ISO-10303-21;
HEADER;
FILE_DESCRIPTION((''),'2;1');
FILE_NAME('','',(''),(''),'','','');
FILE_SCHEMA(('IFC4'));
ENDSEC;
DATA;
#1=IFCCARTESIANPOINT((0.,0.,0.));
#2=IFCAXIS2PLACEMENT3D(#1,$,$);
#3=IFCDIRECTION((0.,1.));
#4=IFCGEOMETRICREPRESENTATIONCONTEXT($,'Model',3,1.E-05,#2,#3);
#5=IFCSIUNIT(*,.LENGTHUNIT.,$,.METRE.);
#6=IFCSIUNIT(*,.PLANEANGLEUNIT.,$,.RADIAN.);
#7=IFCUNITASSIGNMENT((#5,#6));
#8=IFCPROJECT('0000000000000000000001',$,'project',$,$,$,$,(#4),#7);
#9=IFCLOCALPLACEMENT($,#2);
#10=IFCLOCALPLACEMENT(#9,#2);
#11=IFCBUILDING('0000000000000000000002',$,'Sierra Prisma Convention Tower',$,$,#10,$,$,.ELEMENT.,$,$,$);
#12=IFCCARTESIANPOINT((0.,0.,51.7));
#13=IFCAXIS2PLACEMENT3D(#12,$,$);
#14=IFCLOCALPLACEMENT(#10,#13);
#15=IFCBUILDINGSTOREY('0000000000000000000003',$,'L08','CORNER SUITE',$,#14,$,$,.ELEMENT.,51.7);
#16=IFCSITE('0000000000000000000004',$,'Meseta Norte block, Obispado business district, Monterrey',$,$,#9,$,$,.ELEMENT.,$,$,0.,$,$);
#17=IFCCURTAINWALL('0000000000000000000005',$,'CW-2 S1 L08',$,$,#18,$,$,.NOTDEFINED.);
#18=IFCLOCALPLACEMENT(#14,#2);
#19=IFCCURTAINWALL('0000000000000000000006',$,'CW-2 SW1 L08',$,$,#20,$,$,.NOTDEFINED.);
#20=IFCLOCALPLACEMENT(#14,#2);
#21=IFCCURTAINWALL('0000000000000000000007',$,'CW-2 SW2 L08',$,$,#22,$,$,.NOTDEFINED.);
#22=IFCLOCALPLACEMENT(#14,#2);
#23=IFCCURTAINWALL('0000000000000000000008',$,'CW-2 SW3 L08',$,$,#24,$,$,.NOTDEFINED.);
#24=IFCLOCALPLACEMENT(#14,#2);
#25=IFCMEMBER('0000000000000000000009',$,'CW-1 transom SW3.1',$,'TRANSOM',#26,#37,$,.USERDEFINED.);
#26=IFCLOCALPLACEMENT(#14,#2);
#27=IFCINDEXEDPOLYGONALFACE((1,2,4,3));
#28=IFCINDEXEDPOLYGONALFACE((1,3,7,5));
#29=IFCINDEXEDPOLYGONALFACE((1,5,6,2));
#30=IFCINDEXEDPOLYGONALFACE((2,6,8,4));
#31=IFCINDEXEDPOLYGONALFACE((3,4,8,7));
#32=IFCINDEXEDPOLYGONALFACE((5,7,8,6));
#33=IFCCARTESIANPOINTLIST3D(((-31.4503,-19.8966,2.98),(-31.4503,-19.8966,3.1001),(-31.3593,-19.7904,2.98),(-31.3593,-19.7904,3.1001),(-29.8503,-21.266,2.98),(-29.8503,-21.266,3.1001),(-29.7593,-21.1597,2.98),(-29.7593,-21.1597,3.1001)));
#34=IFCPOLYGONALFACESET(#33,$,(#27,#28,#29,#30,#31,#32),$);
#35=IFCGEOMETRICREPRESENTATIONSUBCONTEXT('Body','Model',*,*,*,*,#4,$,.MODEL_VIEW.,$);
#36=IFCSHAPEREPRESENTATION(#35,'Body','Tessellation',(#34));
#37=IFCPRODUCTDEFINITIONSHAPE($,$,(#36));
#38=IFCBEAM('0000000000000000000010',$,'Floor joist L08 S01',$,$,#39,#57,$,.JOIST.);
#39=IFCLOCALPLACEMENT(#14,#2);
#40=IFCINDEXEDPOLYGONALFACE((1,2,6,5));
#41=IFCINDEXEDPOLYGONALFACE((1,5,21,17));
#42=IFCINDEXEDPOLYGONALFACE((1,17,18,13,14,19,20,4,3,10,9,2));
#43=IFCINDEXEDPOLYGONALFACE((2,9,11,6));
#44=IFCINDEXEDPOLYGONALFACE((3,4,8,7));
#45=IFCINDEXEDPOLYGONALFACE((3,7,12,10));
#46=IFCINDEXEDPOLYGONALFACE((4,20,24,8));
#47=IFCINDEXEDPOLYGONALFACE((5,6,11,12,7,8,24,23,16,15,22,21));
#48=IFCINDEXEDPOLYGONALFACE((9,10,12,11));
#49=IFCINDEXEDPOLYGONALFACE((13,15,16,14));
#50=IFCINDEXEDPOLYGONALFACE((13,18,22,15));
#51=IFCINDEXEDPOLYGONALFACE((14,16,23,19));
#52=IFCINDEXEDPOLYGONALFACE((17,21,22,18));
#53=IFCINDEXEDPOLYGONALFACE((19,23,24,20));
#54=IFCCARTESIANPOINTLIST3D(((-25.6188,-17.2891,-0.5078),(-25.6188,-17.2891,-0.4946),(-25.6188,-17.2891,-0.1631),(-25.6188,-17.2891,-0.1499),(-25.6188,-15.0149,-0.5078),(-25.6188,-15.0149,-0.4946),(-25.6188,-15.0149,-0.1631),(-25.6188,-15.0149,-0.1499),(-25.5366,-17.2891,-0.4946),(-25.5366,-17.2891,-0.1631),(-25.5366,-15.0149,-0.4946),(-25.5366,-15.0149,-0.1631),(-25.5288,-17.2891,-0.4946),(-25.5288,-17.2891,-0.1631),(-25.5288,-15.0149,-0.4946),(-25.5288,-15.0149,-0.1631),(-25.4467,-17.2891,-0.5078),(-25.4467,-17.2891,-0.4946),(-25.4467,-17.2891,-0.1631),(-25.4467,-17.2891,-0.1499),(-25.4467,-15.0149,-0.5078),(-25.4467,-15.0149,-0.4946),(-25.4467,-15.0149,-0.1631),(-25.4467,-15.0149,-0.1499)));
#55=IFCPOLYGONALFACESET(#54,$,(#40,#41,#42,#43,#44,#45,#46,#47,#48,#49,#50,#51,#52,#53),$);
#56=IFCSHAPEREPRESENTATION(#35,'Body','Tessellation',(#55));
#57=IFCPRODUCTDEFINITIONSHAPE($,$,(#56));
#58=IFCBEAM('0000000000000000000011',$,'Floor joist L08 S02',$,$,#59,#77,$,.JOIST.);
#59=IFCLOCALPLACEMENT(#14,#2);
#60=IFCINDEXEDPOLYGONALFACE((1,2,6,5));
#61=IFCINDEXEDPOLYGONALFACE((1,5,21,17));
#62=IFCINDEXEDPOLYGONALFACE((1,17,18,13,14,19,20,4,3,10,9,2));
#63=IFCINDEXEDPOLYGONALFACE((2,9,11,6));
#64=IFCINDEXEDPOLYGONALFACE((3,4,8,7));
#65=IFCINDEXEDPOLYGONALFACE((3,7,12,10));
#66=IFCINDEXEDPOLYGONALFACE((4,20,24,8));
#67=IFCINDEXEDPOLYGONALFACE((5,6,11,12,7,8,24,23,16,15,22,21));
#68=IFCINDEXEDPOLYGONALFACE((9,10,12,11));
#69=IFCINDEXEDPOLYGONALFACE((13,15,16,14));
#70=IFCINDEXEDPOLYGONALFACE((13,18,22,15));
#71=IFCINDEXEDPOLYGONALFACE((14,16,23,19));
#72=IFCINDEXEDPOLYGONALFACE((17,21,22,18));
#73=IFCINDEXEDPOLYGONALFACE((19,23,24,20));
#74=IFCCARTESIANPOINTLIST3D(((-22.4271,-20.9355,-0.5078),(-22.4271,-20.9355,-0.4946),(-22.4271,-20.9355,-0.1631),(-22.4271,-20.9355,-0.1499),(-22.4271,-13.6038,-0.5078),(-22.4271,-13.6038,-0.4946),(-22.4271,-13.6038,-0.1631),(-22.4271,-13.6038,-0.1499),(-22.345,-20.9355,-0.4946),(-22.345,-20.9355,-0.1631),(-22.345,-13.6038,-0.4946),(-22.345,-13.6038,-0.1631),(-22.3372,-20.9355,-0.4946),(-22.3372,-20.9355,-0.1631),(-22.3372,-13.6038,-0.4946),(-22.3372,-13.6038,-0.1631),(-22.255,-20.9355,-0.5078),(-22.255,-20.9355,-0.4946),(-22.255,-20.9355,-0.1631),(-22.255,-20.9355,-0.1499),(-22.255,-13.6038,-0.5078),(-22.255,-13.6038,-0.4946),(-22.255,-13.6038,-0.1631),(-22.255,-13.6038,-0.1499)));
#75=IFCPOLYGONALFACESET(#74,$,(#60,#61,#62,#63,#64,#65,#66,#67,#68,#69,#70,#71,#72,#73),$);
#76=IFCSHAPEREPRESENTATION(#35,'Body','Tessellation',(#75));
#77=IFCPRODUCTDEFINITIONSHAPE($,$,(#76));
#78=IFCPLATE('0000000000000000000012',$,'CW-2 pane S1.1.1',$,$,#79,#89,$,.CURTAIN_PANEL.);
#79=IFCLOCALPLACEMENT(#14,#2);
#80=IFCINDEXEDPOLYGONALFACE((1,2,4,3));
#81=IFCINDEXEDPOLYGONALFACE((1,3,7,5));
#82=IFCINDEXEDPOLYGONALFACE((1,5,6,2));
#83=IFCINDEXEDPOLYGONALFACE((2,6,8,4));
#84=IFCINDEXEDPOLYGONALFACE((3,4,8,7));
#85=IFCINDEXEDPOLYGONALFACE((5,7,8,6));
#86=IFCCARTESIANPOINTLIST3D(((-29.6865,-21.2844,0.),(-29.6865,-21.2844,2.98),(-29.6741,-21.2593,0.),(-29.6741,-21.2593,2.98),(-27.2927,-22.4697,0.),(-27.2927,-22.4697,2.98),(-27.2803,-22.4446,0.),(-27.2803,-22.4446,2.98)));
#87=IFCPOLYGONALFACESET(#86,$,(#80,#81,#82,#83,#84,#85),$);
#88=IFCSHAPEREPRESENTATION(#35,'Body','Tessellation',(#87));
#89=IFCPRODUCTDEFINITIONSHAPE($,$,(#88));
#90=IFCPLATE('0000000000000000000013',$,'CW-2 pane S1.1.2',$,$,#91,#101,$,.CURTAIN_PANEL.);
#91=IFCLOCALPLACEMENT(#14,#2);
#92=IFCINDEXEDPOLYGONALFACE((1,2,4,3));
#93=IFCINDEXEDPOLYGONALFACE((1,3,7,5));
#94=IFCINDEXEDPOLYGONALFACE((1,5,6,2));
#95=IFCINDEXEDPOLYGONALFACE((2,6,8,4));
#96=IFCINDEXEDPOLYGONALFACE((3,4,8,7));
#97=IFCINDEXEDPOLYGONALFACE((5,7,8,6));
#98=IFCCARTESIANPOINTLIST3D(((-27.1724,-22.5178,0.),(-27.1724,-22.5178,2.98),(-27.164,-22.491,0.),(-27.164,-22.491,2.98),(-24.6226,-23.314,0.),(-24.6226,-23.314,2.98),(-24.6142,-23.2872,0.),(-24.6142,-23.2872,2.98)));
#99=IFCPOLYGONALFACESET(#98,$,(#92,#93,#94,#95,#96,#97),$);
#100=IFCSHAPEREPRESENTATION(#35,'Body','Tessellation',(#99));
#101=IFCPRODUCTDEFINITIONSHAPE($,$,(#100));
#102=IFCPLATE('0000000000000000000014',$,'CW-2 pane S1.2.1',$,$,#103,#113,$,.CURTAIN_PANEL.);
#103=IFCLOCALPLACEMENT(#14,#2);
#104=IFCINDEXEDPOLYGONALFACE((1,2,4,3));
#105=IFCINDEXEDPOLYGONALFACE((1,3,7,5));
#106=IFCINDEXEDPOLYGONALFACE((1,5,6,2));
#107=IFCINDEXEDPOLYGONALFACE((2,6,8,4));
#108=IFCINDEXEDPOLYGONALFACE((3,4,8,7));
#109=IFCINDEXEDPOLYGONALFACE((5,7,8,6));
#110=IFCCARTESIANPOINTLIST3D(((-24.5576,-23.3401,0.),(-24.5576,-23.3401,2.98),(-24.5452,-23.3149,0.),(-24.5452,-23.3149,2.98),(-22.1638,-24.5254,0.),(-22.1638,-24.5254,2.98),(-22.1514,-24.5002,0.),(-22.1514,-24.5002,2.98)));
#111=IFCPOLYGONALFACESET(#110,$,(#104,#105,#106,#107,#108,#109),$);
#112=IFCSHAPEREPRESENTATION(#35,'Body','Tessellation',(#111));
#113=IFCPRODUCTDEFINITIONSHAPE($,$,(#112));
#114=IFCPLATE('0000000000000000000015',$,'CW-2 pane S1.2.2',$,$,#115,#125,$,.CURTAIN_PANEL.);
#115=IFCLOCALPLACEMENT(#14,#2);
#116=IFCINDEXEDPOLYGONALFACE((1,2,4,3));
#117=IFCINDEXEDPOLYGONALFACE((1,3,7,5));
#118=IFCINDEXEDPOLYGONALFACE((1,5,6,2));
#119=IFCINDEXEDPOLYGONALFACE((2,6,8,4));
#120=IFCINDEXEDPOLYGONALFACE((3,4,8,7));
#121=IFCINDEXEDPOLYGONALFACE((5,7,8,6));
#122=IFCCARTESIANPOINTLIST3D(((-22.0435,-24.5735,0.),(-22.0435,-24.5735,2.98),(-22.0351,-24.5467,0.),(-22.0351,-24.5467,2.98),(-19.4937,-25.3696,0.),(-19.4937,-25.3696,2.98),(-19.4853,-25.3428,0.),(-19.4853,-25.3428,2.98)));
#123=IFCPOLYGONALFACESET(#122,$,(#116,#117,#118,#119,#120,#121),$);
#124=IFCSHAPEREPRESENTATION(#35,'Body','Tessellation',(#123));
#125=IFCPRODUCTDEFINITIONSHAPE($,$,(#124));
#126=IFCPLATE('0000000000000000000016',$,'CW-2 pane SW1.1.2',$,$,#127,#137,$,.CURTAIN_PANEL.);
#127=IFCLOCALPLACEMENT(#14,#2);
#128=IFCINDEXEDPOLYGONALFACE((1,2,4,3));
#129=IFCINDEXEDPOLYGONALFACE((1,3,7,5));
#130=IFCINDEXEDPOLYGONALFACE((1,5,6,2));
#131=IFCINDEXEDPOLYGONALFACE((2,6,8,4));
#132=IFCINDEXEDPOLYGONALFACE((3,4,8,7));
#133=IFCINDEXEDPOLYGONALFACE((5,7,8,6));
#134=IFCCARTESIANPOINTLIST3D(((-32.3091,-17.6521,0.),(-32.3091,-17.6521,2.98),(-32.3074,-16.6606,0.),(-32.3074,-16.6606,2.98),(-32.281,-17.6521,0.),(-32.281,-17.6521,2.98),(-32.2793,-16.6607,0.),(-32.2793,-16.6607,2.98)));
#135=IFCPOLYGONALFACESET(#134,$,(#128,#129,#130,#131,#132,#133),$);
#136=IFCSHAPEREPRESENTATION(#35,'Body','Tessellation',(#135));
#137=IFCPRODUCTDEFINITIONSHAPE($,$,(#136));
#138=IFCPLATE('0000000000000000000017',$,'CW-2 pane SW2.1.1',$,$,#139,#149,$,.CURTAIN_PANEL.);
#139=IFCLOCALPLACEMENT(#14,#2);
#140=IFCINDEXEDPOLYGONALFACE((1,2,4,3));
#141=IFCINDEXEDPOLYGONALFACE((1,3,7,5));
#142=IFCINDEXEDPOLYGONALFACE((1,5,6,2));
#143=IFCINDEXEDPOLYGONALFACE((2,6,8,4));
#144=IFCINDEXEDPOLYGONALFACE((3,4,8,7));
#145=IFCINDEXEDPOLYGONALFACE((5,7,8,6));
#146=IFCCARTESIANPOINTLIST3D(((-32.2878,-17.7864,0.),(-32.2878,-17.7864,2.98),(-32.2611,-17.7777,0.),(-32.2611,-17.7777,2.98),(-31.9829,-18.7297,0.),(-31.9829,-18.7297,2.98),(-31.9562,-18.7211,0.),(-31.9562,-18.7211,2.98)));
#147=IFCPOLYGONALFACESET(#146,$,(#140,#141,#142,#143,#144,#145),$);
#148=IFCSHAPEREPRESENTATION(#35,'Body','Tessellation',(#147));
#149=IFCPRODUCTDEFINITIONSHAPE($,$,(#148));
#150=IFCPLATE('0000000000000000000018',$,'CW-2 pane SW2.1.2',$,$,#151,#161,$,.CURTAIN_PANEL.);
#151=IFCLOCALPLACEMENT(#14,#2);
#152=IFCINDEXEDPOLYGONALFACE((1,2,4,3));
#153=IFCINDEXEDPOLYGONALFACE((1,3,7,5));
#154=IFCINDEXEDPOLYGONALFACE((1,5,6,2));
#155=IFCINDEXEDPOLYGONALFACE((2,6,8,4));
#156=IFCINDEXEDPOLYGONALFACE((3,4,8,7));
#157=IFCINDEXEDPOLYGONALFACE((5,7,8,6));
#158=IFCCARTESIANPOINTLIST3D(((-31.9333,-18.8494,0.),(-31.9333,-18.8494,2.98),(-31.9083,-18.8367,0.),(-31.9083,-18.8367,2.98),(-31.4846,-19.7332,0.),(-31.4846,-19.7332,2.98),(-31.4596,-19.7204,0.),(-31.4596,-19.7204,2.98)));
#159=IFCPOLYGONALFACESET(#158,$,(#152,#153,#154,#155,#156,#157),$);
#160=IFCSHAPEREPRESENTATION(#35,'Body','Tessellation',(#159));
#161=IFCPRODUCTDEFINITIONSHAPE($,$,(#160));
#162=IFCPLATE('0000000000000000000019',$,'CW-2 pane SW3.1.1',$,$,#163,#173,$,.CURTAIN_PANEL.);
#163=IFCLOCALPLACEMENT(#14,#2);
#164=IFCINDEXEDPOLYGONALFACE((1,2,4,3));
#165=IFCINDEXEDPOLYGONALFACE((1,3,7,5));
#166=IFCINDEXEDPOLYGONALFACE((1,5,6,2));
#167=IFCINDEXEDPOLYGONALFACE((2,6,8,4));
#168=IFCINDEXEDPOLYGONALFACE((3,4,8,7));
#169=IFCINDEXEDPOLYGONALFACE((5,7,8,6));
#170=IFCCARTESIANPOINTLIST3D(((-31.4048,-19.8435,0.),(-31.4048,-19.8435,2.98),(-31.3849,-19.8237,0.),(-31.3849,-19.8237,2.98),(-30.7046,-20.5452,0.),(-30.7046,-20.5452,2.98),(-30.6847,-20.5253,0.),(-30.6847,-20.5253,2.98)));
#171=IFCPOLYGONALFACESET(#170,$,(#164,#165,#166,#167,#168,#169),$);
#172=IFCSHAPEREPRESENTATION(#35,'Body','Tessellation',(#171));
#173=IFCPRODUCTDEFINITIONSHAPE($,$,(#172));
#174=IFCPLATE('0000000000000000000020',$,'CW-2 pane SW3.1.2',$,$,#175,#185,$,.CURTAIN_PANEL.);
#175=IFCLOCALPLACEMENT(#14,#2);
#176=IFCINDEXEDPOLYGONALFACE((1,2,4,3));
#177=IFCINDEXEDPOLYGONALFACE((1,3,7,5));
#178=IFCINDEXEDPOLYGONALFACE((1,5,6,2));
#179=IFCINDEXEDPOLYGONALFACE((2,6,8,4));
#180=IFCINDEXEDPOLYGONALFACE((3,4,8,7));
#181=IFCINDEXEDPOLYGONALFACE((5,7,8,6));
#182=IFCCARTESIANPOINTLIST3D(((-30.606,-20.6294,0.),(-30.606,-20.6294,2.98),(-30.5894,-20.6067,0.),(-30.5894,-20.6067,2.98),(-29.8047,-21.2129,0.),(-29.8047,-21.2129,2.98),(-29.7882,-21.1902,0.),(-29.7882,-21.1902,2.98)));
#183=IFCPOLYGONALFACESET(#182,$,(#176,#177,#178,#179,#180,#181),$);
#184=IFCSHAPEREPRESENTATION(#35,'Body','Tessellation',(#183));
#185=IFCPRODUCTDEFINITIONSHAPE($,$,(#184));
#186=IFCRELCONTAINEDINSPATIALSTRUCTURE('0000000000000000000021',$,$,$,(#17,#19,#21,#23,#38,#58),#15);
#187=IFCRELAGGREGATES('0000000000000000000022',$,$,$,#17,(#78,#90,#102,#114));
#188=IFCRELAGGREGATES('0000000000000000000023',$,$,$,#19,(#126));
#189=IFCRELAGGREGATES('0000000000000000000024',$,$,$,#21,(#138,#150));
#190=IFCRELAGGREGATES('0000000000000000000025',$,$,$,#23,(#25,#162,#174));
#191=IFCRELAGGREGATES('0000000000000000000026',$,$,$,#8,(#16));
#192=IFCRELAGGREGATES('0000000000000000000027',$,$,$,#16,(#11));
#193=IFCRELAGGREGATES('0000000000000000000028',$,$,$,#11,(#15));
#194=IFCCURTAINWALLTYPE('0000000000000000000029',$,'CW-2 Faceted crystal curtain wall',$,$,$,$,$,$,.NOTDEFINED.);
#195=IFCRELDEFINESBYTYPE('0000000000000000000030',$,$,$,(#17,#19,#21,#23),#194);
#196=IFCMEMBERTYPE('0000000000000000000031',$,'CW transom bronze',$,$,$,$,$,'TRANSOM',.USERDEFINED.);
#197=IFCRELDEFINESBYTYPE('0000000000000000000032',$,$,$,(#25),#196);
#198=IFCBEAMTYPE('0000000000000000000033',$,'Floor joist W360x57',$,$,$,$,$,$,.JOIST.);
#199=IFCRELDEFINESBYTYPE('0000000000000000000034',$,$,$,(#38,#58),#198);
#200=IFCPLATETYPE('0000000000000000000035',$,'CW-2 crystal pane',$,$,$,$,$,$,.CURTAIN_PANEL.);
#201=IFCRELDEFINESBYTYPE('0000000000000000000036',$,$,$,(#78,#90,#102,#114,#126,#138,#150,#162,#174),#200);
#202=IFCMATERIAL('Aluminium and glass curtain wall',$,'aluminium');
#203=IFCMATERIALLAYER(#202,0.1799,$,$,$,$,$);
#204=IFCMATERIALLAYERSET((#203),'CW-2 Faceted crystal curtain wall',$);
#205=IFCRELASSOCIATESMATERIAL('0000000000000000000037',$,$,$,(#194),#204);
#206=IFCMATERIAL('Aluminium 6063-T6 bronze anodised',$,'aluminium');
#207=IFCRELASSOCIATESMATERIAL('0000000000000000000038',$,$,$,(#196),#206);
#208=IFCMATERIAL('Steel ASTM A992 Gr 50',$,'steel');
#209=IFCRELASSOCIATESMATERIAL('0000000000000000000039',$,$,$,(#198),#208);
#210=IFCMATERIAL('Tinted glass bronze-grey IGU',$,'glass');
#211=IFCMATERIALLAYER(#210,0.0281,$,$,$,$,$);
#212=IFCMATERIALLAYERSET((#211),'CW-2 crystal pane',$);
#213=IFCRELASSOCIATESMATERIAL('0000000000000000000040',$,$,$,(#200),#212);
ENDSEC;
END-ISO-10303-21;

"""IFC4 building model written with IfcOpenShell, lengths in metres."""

from ifc_helpers import new_model, si_unit, direction, frame, origin, origin_2d, place, context, subcontext, project, spatial, polyline, rectangle, i_section, outline, extrude, material, layer, layer_set, material_profile, profile_set, type_object, element, aggregate, save


model = new_model("IFC4")

# Units and contexts
model_context = context("Model", 3, precision=1e-05, world=origin(), true_north=direction((0.0, 1.0)))
body_context = subcontext(model_context, "Body", "Model", "MODEL_VIEW")
ifc_project = project(units=[si_unit("LENGTHUNIT", "METRE"), si_unit("PLANEANGLEUNIT", "RADIAN")], contexts=[model_context])

# Site, building, storey
site_placement = place(None, origin())
site = spatial("IfcSite", under=ifc_project, at=site_placement, Name="Meseta Norte block, Obispado business district, Monterrey", CompositionType="ELEMENT", RefElevation=0.0)
building_placement = place(site_placement, origin())
building = spatial("IfcBuilding", under=site, at=building_placement, Name="Sierra Prisma Convention Tower", CompositionType="ELEMENT")
storey_placement = place(building_placement, frame((0.0, 0.0, 51.7)))
storey = spatial("IfcBuildingStorey", under=building, at=storey_placement, Name="L08", Description="CORNER SUITE", CompositionType="ELEMENT", Elevation=51.7)

# Curtain wall
ifc_material_1 = material(Name="Aluminium and glass curtain wall", Category="aluminium")
ifc_layer_1 = layer(ifc_material_1, 0.1799)
ifc_layer_set_1 = layer_set([ifc_layer_1], Name="CW-2 Faceted crystal curtain wall")
curtain_wall_type = type_object("IfcCurtainWallType", Name="CW-2 Faceted crystal curtain wall", PredefinedType="NOTDEFINED", material=ifc_layer_set_1)
curtain_wall_1_placement = place(storey_placement, origin())
curtain_wall_1 = element("IfcCurtainWall", 1, at=curtain_wall_1_placement, inside=storey, type_object=curtain_wall_type, Name="CW-2 S1 L08", PredefinedType="NOTDEFINED")

# Curtain walls
curtain_wall_2_placement = place(storey_placement, origin())
curtain_wall_2 = element("IfcCurtainWall", 2, at=curtain_wall_2_placement, inside=storey, type_object=curtain_wall_type, Name="CW-2 SW1 L08", PredefinedType="NOTDEFINED")
curtain_wall_3_placement = place(storey_placement, origin())
curtain_wall_3 = element("IfcCurtainWall", 3, at=curtain_wall_3_placement, inside=storey, type_object=curtain_wall_type, Name="CW-2 SW2 L08", PredefinedType="NOTDEFINED")
curtain_wall_4_placement = place(storey_placement, origin())
curtain_wall_4 = element("IfcCurtainWall", 4, at=curtain_wall_4_placement, inside=storey, type_object=curtain_wall_type, Name="CW-2 SW3 L08", PredefinedType="NOTDEFINED")

# Member
ifc_material_2 = material(Name="Aluminium 6063-T6 bronze anodised", Category="aluminium")
ifc_material_profile_1 = material_profile(ifc_material_2, rectangle(XDim=0.1399, YDim=0.1201, at=origin_2d()), Name="ALU TRANSOM 120x140")
ifc_profile_set_1 = profile_set([ifc_material_profile_1], Name="Aluminium 6063-T6 bronze anodised")
member_type_1 = type_object("IfcMemberType", Name="CW transom bronze", ElementType="TRANSOM", PredefinedType="USERDEFINED", material=ifc_profile_set_1)
member_1_placement = place(storey_placement, frame((-31.4048, -19.8435, 3.04), z_axis=(0.759756, -0.650209, 0.0), x_axis=(0.650209, 0.759756, 0.0)))
member_1 = element("IfcMember", 5, at=member_1_placement, type_object=member_type_1, Name="CW-1 transom SW3.1", ObjectType="TRANSOM", PredefinedType="USERDEFINED", context=body_context, shape_type="SweptSolid", body=[
    extrude(rectangle(XDim=0.1399, YDim=0.1201, at=origin_2d()), origin(), (0.0, 0.0, 1.0), 2.106),
])

# Beams
ifc_material_3 = material(Name="Steel ASTM A992 Gr 50", Category="steel")
ifc_material_profile_2 = material_profile(ifc_material_3, i_section(OverallWidth=0.1721, OverallDepth=0.3579, WebThickness=0.0078, FlangeThickness=0.0132, at=origin_2d()), Name="W360x57")
ifc_profile_set_2 = profile_set([ifc_material_profile_2], Name="Steel ASTM A992 Gr 50")
beam_type = type_object("IfcBeamType", Name="Floor joist W360x57", PredefinedType="JOIST", material=ifc_profile_set_2)
beam_1_placement = place(storey_placement, frame((-25.5327, -17.2891, -0.3289), z_axis=(0.0, 1.0, 0.0), x_axis=(-1.0, 0.0, 0.0)))
element("IfcBeam", 6, at=beam_1_placement, inside=storey, type_object=beam_type, Name="Floor joist L08 S01", PredefinedType="JOIST", context=body_context, shape_type="SweptSolid", body=[
    extrude(i_section(OverallWidth=0.1721, OverallDepth=0.3579, WebThickness=0.0078, FlangeThickness=0.0132, at=origin_2d()), origin(), (0.0, 0.0, 1.0), 2.2742),
])
beam_2_placement = place(storey_placement, frame((-22.3411, -20.9355, -0.3289), z_axis=(0.0, 1.0, 0.0), x_axis=(-1.0, 0.0, 0.0)))
element("IfcBeam", 7, at=beam_2_placement, inside=storey, type_object=beam_type, Name="Floor joist L08 S02", PredefinedType="JOIST", context=body_context, shape_type="SweptSolid", body=[
    extrude(i_section(OverallWidth=0.1721, OverallDepth=0.3579, WebThickness=0.0078, FlangeThickness=0.0132, at=origin_2d()), origin(), (0.0, 0.0, 1.0), 7.3318),
])

# Plates
ifc_material_4 = material(Name="Tinted glass bronze-grey IGU", Category="glass")
ifc_layer_2 = layer(ifc_material_4, 0.0281)
ifc_layer_set_2 = layer_set([ifc_layer_2], Name="CW-2 crystal pane")
plate_type = type_object("IfcPlateType", Name="CW-2 crystal pane", PredefinedType="CURTAIN_PANEL", material=ifc_layer_set_2)
plate_1_placement = place(storey_placement, frame((-29.6865, -21.2844, 0.0), z_axis=(-0.443737, -0.896157, 0.0), x_axis=(0.896157, -0.443737, 0.0)))
plate_1 = element("IfcPlate", 8, at=plate_1_placement, type_object=plate_type, Name="CW-2 pane S1.1.1", PredefinedType="CURTAIN_PANEL", context=body_context, shape_type="SweptSolid", body=[
    extrude(outline(polyline([(0.0, 0.0), (2.6712, 0.0), (2.6712, 2.98), (0.0, 2.98), (0.0, 0.0)])), origin(), (0.0, 0.0, -1.0), 0.0281),
])
plate_2_placement = place(storey_placement, frame((-24.6226, -23.314, 0.0), z_axis=(-0.298046, -0.954552, 0.0), x_axis=(-0.954552, 0.298046, 0.0)))
plate_2 = element("IfcPlate", 9, at=plate_2_placement, type_object=plate_type, Name="CW-2 pane S1.1.2", PredefinedType="CURTAIN_PANEL", context=body_context, shape_type="SweptSolid", body=[
    extrude(outline(polyline([(0.0, 0.0), (2.6712, 0.0), (2.6712, -2.98), (0.0, -2.98), (0.0, 0.0)])), origin(), (0.0, 0.0, -1.0), 0.0281),
])
plate_3_placement = place(storey_placement, frame((-24.5576, -23.3401, 0.0), z_axis=(-0.443737, -0.896157, 0.0), x_axis=(0.896157, -0.443737, 0.0)))
plate_3 = element("IfcPlate", 10, at=plate_3_placement, type_object=plate_type, Name="CW-2 pane S1.2.1", PredefinedType="CURTAIN_PANEL", context=body_context, shape_type="SweptSolid", body=[
    extrude(outline(polyline([(0.0, 0.0), (2.6712, 0.0), (2.6712, 2.98), (0.0, 2.98), (0.0, 0.0)])), origin(), (0.0, 0.0, -1.0), 0.0281),
])
plate_4_placement = place(storey_placement, frame((-19.4937, -25.3696, 0.0), z_axis=(-0.298046, -0.954552, 0.0), x_axis=(-0.954552, 0.298046, 0.0)))
plate_4 = element("IfcPlate", 11, at=plate_4_placement, type_object=plate_type, Name="CW-2 pane S1.2.2", PredefinedType="CURTAIN_PANEL", context=body_context, shape_type="SweptSolid", body=[
    extrude(outline(polyline([(0.0, 0.0), (2.6712, 0.0), (2.6712, -2.98), (0.0, -2.98), (0.0, 0.0)])), origin(), (0.0, 0.0, -1.0), 0.0281),
])
aggregate(curtain_wall_1, [plate_1, plate_2, plate_3, plate_4])
plate_5_placement = place(storey_placement, frame((-32.3091, -17.6521, 0.0), z_axis=(-0.999999, 0.001724, 0.0), x_axis=(0.001724, 0.999999, 0.0)))
plate_5 = element("IfcPlate", 12, at=plate_5_placement, type_object=plate_type, Name="CW-2 pane SW1.1.2", PredefinedType="CURTAIN_PANEL", context=body_context, shape_type="SweptSolid", body=[
    extrude(outline(polyline([(0.0, 0.0), (0.9915, 0.0), (0.9915, -2.98), (0.0, -2.98), (0.0, 0.0)])), origin(), (0.0, 0.0, -1.0), 0.0281),
])
aggregate(curtain_wall_2, [plate_5])
plate_6_placement = place(storey_placement, frame((-32.2878, -17.7864, 0.0), z_axis=(-0.951525, -0.307571, 0.0), x_axis=(0.307571, -0.951525, 0.0)))
plate_6 = element("IfcPlate", 13, at=plate_6_placement, type_object=plate_type, Name="CW-2 pane SW2.1.1", PredefinedType="CURTAIN_PANEL", context=body_context, shape_type="SweptSolid", body=[
    extrude(outline(polyline([(0.0, 0.0), (0.9914, 0.0), (0.9914, 2.98), (0.0, 2.98), (0.0, 0.0)])), origin(), (0.0, 0.0, -1.0), 0.0281),
])
plate_7_placement = place(storey_placement, frame((-31.4846, -19.7332, 0.0), z_axis=(-0.891651, -0.452722, 0.0), x_axis=(-0.452722, 0.891651, 0.0)))
plate_7 = element("IfcPlate", 14, at=plate_7_placement, type_object=plate_type, Name="CW-2 pane SW2.1.2", PredefinedType="CURTAIN_PANEL", context=body_context, shape_type="SweptSolid", body=[
    extrude(outline(polyline([(0.0, 0.0), (0.9912, 0.0), (0.9912, -2.98), (0.0, -2.98), (0.0, 0.0)])), origin(), (0.0, 0.0, -1.0), 0.0281),
])
aggregate(curtain_wall_3, [plate_6, plate_7])
plate_8_placement = place(storey_placement, frame((-31.4048, -19.8435, 0.0), z_axis=(-0.707845, -0.706368, 0.0), x_axis=(0.706368, -0.707845, 0.0)))
plate_8 = element("IfcPlate", 15, at=plate_8_placement, type_object=plate_type, Name="CW-2 pane SW3.1.1", PredefinedType="CURTAIN_PANEL", context=body_context, shape_type="SweptSolid", body=[
    extrude(outline(polyline([(0.0, 0.0), (0.9913, 0.0), (0.9913, 2.98), (0.0, 2.98), (0.0, 0.0)])), origin(), (0.0, 0.0, -1.0), 0.0281),
])
plate_9_placement = place(storey_placement, frame((-29.8047, -21.2129, 0.0), z_axis=(-0.58867, -0.808374, 0.0), x_axis=(-0.808374, 0.58867, 0.0)))
plate_9 = element("IfcPlate", 16, at=plate_9_placement, type_object=plate_type, Name="CW-2 pane SW3.1.2", PredefinedType="CURTAIN_PANEL", context=body_context, shape_type="SweptSolid", body=[
    extrude(outline(polyline([(0.0, 0.0), (0.9912, 0.0), (0.9912, -2.98), (0.0, -2.98), (0.0, 0.0)])), origin(), (0.0, 0.0, -1.0), 0.0281),
])
aggregate(curtain_wall_4, [member_1, plate_8, plate_9])

save(model, "model.ifc")
